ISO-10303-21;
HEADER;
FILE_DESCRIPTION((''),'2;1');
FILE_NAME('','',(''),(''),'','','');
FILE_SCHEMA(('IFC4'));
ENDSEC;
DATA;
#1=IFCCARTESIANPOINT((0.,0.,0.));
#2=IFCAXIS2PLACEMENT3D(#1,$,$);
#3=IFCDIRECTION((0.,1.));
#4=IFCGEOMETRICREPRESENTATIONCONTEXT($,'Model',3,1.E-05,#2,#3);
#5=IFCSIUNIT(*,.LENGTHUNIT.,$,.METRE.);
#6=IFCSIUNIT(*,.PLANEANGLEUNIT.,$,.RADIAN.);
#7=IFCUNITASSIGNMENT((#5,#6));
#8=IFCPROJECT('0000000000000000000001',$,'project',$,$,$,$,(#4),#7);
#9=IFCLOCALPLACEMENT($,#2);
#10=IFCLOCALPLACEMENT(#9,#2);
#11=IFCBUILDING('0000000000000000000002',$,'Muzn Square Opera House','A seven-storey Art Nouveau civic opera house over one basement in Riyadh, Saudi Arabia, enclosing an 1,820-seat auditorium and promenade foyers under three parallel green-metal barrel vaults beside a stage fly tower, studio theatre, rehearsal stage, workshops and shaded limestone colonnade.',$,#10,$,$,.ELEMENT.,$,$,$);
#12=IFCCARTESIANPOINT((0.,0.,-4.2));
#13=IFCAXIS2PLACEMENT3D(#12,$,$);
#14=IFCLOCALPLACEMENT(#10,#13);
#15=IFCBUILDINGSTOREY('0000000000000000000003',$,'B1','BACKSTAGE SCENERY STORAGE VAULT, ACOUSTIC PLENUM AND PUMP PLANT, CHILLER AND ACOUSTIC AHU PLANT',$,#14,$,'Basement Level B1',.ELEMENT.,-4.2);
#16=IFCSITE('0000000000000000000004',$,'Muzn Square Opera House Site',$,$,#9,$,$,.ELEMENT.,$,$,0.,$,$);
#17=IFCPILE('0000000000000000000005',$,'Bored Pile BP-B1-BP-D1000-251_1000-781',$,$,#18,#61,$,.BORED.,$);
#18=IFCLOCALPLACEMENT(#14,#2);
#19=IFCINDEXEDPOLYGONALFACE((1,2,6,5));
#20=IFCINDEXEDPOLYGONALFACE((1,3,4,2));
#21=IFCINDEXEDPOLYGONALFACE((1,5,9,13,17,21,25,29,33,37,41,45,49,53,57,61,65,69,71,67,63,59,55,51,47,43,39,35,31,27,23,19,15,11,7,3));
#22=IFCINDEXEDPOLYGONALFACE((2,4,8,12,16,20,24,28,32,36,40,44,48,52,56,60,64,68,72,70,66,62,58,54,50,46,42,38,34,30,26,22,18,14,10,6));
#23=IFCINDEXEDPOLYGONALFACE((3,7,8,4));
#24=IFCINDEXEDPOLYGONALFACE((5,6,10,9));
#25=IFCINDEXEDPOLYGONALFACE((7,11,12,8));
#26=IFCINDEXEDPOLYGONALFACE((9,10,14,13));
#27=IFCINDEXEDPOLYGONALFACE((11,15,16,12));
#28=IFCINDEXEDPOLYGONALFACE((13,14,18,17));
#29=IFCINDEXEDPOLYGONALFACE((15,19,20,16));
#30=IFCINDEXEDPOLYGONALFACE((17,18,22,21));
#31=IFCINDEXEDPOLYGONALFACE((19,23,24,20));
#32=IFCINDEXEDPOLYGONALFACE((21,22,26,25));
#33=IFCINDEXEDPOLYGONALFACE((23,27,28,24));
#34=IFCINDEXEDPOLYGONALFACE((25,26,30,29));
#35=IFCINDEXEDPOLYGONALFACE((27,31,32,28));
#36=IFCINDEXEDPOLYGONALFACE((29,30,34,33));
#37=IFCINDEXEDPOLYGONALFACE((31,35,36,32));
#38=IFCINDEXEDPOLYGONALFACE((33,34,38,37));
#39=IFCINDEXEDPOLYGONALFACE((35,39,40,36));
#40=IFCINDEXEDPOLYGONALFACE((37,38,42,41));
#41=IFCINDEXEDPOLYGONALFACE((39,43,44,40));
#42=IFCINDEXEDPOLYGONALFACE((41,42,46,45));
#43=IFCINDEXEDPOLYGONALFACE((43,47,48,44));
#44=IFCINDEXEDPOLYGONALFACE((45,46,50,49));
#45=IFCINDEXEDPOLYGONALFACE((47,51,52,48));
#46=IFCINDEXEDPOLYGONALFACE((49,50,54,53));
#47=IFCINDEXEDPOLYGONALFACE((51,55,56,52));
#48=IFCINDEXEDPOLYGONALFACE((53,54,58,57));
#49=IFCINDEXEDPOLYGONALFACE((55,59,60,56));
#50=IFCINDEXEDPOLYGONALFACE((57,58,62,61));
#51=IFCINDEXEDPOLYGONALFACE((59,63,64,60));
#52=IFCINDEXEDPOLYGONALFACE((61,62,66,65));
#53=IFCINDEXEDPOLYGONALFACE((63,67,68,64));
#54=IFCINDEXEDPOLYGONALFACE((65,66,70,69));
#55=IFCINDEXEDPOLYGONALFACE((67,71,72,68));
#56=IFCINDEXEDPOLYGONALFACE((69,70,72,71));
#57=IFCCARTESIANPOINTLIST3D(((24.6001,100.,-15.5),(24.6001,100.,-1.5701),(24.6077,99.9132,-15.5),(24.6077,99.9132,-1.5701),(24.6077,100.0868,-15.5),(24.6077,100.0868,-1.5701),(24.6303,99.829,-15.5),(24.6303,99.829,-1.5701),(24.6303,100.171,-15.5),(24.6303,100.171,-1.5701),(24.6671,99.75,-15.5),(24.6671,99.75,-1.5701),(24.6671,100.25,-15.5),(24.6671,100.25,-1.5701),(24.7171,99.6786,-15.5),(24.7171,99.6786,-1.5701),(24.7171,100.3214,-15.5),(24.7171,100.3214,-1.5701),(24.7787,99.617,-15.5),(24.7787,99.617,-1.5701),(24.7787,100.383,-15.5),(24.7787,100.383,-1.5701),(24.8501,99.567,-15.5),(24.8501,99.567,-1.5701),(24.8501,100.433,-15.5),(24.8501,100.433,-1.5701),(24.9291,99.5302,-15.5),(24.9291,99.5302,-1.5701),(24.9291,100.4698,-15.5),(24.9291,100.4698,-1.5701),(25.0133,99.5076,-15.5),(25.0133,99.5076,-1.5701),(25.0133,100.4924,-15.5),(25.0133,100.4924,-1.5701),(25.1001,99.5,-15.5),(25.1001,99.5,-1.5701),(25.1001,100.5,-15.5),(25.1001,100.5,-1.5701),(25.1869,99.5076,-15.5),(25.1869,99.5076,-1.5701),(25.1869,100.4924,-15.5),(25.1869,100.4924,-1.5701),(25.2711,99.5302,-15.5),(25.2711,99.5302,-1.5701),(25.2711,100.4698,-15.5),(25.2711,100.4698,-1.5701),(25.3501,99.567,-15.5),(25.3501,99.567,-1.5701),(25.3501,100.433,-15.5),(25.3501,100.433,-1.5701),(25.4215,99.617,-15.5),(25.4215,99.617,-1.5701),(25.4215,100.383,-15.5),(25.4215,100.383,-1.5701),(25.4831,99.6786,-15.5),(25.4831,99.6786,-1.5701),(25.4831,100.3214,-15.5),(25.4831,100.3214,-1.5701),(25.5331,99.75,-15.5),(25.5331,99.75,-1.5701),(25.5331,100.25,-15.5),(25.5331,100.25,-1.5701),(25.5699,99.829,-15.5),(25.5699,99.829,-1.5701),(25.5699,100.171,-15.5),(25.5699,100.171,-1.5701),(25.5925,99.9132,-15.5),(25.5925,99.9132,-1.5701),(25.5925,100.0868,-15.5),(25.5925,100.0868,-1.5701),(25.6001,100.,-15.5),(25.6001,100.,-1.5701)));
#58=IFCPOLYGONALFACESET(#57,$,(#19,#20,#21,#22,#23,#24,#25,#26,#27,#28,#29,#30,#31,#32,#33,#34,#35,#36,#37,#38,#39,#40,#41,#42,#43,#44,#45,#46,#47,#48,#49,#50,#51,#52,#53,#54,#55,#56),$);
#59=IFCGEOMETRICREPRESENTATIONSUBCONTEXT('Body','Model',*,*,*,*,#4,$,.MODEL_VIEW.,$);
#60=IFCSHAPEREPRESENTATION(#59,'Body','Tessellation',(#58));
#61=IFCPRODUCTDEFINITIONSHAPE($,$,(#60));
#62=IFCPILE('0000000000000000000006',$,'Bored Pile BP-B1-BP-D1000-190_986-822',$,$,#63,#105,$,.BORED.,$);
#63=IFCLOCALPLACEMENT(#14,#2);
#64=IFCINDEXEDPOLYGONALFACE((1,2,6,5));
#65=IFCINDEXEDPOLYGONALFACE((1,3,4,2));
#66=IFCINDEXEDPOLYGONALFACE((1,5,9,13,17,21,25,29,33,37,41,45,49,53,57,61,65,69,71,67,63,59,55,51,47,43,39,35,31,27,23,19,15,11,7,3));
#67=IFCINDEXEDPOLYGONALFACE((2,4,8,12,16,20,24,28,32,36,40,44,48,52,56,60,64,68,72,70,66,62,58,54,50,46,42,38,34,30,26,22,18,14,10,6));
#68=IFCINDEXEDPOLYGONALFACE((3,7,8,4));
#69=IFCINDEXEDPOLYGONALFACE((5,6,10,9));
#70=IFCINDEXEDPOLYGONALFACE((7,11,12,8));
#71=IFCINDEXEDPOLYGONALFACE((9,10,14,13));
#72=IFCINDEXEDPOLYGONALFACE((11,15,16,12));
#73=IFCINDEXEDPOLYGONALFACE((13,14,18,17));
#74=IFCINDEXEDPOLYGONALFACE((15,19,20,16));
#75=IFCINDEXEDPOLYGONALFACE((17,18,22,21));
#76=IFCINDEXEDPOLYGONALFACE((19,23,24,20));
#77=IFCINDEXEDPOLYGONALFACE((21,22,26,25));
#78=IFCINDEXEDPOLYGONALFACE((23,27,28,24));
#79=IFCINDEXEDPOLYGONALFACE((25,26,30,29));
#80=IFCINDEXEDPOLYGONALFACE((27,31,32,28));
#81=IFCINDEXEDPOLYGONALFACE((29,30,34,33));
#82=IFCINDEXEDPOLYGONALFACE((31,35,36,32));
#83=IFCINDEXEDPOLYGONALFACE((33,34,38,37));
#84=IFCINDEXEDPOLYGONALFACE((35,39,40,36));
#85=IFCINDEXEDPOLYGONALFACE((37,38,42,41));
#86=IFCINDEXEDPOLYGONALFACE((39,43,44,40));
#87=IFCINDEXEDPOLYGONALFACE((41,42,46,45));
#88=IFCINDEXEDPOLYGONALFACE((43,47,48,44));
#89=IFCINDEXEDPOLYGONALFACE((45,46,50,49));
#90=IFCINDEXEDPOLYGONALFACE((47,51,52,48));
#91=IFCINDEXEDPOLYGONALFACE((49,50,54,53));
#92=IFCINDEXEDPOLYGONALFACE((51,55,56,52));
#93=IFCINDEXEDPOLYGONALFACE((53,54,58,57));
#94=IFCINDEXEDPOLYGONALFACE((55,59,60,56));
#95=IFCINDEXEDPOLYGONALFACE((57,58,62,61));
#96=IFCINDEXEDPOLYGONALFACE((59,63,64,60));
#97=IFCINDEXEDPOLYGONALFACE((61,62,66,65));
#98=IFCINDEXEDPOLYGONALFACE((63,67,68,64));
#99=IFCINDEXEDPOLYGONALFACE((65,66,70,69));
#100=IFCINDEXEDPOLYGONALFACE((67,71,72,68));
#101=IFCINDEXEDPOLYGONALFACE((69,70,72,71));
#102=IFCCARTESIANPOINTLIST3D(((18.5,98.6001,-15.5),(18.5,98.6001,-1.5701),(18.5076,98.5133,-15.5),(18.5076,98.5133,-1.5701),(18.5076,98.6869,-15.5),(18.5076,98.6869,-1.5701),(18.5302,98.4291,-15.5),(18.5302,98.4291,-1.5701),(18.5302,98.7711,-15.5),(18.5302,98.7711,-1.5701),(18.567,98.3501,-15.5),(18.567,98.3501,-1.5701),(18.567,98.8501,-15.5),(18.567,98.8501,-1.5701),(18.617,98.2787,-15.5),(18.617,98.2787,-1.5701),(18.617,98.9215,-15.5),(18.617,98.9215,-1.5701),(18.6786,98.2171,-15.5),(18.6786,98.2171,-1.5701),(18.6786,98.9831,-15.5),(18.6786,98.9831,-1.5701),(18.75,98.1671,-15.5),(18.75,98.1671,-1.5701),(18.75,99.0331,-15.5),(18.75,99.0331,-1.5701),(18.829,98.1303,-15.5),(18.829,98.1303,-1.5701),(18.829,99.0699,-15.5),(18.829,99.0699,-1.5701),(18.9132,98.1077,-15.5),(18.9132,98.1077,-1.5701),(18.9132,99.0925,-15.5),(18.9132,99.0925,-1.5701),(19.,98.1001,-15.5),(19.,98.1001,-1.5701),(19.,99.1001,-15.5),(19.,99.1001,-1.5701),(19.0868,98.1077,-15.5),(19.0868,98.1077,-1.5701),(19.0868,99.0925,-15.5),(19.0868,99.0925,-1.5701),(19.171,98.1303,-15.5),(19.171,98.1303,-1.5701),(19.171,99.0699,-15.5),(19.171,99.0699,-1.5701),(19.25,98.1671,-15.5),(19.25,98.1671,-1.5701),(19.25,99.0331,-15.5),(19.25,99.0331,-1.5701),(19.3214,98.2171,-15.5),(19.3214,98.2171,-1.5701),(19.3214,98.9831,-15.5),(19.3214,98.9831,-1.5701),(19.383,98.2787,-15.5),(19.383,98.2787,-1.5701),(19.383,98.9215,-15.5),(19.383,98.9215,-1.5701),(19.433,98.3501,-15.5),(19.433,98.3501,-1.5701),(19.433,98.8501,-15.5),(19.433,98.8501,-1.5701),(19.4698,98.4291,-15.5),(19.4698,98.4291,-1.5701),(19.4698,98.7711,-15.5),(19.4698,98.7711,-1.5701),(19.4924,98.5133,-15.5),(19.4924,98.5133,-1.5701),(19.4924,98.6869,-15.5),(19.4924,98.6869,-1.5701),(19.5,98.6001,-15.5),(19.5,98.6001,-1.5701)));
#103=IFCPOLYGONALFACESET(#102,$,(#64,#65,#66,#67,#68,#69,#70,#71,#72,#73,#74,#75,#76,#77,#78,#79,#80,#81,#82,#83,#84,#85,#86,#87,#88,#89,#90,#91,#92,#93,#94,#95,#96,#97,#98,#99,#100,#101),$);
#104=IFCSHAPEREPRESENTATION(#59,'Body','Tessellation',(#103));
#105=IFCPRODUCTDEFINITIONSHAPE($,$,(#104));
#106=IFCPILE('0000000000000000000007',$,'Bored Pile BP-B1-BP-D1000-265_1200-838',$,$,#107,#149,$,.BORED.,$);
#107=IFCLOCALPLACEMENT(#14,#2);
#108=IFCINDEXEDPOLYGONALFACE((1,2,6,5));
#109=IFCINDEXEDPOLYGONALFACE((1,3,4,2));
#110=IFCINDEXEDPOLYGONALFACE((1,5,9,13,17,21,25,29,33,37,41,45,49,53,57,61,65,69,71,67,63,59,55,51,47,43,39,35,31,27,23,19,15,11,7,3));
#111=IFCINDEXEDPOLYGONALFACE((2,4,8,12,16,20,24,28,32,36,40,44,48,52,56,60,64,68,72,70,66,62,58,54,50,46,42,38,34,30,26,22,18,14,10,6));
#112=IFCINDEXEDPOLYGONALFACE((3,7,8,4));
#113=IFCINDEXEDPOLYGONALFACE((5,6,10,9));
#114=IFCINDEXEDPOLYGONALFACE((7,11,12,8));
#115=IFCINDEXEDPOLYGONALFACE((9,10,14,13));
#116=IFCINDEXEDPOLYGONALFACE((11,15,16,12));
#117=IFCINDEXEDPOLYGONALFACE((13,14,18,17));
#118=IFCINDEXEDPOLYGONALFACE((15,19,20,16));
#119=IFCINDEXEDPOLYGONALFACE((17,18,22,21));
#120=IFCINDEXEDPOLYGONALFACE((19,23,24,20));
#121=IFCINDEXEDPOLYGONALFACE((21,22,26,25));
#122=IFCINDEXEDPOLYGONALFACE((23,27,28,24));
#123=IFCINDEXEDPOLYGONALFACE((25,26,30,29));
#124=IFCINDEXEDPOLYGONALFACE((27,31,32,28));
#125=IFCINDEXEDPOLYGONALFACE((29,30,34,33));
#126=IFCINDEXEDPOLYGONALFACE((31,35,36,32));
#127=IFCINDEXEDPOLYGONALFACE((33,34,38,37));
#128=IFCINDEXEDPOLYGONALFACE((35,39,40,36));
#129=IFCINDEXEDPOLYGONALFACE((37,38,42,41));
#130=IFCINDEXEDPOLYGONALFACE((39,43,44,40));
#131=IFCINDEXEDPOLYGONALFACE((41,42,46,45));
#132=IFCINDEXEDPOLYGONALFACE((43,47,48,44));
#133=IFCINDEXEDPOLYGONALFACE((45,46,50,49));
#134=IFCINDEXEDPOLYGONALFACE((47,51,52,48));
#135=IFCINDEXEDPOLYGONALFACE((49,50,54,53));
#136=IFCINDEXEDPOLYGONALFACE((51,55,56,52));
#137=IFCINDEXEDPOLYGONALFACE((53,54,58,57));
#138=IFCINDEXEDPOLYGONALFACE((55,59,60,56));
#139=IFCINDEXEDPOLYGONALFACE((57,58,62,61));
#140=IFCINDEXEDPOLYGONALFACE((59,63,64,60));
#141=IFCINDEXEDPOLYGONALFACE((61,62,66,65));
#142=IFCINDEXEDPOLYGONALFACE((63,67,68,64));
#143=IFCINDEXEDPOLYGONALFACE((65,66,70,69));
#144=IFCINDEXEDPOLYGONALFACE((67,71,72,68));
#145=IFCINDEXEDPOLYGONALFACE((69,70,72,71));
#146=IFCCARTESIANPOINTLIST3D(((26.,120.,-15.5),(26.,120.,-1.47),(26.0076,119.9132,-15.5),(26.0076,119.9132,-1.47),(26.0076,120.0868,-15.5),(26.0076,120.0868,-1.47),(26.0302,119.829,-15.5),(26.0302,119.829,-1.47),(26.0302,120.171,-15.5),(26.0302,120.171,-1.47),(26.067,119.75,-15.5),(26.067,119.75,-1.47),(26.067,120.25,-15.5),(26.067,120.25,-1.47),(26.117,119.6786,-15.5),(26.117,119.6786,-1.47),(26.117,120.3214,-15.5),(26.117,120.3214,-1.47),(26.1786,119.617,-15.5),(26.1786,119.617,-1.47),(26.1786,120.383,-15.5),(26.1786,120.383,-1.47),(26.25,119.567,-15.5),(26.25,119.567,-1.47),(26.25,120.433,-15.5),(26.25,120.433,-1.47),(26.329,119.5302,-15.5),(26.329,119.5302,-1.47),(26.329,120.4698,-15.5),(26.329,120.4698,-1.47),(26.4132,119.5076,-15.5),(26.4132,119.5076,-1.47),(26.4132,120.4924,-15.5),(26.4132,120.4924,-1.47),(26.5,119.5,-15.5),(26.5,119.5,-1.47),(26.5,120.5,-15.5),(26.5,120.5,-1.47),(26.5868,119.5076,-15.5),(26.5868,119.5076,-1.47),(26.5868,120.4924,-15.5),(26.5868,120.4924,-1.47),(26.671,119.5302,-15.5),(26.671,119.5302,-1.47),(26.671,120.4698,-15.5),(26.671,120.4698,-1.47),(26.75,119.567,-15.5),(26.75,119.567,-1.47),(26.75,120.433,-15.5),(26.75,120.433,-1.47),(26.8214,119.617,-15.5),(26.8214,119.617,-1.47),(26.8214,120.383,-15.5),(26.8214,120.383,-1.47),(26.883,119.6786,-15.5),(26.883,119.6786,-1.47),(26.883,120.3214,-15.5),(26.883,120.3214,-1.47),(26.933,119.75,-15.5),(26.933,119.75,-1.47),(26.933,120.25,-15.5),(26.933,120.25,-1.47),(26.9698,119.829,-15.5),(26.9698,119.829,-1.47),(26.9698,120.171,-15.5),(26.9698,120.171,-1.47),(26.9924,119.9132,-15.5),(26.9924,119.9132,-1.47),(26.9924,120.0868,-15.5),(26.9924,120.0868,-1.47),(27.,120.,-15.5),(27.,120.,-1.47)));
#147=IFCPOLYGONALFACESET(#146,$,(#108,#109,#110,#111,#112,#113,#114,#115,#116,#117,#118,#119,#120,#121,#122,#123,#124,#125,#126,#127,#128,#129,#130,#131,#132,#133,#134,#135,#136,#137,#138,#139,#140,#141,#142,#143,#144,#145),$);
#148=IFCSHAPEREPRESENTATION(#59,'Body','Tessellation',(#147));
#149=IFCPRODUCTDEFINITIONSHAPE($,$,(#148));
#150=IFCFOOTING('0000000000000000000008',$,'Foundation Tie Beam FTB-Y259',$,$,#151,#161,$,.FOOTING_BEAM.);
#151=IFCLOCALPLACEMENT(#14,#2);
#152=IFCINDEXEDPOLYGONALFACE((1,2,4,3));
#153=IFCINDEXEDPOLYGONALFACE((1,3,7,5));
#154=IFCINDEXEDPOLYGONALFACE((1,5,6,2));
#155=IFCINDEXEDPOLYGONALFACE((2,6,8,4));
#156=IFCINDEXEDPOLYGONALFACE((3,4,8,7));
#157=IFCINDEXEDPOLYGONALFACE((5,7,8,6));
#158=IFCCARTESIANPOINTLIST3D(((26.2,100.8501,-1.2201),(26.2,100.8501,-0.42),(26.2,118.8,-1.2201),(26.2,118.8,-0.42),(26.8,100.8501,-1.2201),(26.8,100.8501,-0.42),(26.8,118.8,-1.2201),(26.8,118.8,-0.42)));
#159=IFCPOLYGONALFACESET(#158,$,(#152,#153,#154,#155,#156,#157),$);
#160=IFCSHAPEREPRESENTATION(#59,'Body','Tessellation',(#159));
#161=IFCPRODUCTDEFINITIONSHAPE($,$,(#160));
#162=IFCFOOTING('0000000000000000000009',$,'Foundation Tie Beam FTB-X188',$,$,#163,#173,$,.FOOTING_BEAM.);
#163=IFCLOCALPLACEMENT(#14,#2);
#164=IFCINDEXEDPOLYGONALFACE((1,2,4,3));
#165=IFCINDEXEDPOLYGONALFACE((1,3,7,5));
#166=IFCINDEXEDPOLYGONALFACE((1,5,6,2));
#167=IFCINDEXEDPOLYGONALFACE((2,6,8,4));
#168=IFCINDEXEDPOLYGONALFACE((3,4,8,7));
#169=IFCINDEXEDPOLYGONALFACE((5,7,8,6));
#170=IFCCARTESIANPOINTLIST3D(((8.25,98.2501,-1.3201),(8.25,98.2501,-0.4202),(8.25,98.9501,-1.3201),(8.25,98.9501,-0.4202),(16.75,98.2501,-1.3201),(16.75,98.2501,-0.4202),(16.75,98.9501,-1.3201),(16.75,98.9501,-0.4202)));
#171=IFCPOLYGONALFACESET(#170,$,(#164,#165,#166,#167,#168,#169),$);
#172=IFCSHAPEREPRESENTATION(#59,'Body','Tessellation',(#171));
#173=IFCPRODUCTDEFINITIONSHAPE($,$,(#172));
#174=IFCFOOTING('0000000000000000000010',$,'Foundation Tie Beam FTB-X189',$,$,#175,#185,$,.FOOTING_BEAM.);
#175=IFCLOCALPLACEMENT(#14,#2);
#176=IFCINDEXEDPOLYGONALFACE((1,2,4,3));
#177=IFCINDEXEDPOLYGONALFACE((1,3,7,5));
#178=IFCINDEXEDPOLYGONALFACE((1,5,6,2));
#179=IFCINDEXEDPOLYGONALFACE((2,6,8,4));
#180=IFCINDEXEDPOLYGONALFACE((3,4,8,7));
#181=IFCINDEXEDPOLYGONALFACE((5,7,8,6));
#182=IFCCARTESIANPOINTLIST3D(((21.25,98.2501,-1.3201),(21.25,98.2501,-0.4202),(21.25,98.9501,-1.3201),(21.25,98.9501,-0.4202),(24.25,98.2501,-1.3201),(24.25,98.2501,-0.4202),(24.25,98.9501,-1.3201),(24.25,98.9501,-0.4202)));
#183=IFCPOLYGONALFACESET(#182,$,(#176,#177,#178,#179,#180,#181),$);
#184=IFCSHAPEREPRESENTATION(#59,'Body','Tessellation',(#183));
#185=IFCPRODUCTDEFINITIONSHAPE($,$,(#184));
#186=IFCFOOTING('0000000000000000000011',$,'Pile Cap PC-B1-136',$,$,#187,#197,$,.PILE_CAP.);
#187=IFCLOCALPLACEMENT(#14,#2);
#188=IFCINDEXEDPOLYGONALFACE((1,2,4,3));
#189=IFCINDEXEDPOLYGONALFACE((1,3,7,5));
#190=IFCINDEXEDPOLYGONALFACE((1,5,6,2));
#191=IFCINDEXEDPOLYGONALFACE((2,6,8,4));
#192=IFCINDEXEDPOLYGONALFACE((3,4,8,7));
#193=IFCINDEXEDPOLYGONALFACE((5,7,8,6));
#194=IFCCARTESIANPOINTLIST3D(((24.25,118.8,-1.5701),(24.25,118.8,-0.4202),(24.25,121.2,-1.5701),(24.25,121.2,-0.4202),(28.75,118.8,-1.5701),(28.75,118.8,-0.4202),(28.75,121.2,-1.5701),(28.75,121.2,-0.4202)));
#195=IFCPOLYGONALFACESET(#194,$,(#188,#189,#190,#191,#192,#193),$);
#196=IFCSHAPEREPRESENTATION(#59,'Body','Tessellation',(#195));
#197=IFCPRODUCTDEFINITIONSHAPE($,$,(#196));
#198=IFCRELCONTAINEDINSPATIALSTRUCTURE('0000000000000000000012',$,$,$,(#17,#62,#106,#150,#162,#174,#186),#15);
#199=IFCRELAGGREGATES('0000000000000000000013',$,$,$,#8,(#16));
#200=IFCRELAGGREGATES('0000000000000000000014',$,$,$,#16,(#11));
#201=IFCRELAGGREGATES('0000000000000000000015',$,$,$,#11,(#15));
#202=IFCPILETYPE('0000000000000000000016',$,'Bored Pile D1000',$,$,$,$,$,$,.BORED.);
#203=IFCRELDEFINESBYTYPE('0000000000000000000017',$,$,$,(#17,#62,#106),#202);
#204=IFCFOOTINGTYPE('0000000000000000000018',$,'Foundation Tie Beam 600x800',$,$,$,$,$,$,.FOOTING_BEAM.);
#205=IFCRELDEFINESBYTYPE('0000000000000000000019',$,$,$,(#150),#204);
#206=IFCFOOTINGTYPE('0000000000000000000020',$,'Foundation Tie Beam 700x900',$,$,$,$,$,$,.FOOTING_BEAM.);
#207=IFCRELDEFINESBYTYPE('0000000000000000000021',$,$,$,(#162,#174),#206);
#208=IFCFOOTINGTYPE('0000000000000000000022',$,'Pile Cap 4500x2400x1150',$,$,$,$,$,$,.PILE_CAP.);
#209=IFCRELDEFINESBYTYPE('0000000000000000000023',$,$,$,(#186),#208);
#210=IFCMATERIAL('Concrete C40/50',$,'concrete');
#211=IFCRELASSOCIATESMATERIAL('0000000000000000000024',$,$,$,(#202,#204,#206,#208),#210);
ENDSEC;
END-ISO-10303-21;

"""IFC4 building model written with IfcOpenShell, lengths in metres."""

from ifc_helpers import new_model, si_unit, direction, frame, origin, origin_2d, place, context, subcontext, project, spatial, rectangle, circle, extrude, material, material_profile, profile_set, type_object, element, save


model = new_model("IFC4")

# Units and contexts
model_context = context("Model", 3, precision=1e-05, world=origin(), true_north=direction((0.0, 1.0)))
body_context = subcontext(model_context, "Body", "Model", "MODEL_VIEW")
ifc_project = project(units=[si_unit("LENGTHUNIT", "METRE"), si_unit("PLANEANGLEUNIT", "RADIAN")], contexts=[model_context])

# Site, building, storey
site_placement = place(None, origin())
site = spatial("IfcSite", under=ifc_project, at=site_placement, Name="Muzn Square Opera House Site", CompositionType="ELEMENT", RefElevation=0.0)
building_placement = place(site_placement, origin())
building = spatial("IfcBuilding", under=site, at=building_placement, Name="Muzn Square Opera House", Description="A seven-storey Art Nouveau civic opera house over one basement in Riyadh, Saudi Arabia, enclosing an 1,820-seat auditorium and promenade foyers under three parallel green-metal barrel vaults beside a stage fly tower, studio theatre, rehearsal stage, workshops and shaded limestone colonnade.", CompositionType="ELEMENT")
storey_placement = place(building_placement, frame((0.0, 0.0, -4.2)))
storey = spatial("IfcBuildingStorey", under=building, at=storey_placement, Name="B1", Description="BACKSTAGE SCENERY STORAGE VAULT, ACOUSTIC PLENUM AND PUMP PLANT, CHILLER AND ACOUSTIC AHU PLANT", LongName="Basement Level B1", CompositionType="ELEMENT", Elevation=-4.2)

# Piles
ifc_material_1 = material(Name="Concrete C40/50", Category="concrete")
ifc_material_profile_1 = material_profile(ifc_material_1, circle(Radius=0.5, at=origin_2d()), Name="BORED PILE D1000", Category="concrete")
ifc_profile_set_1 = profile_set([ifc_material_profile_1], Name="Concrete C40/50")
pile_type = type_object("IfcPileType", Name="Bored Pile D1000", PredefinedType="BORED", material=ifc_profile_set_1)
for number, where, z_axis, x_axis, name in (
    (1, (25.1001, 100.0, -1.5701), (0.0, 0.0, -1.0), (1.0, 0.0, 0.0), "Bored Pile BP-B1-BP-D1000-251_1000-781"),
    (2, (19.0, 98.6001, -1.5701), (0.0, 0.0, -1.0), (1.0, 0.0, 0.0), "Bored Pile BP-B1-BP-D1000-190_986-822"),
):
    element("IfcPile", number, at=place(storey_placement, frame(where, z_axis=z_axis, x_axis=x_axis)), inside=storey, type_object=pile_type, Name=name, PredefinedType="BORED", context=body_context, shape_type="SweptSolid", body=[
        extrude(circle(Radius=0.5, at=origin_2d()), origin(), (0.0, 0.0, 1.0), 13.9299),
    ])
pile_placement = place(storey_placement, frame((26.5, 120.0, -1.47), z_axis=(0.0, 0.0, -1.0), x_axis=(1.0, 0.0, 0.0)))
element("IfcPile", 3, at=pile_placement, inside=storey, type_object=pile_type, Name="Bored Pile BP-B1-BP-D1000-265_1200-838", PredefinedType="BORED", context=body_context, shape_type="SweptSolid", body=[
    extrude(circle(Radius=0.5, at=origin_2d()), origin(), (0.0, 0.0, 1.0), 14.03),
])

# Footings
ifc_material_profile_2 = material_profile(ifc_material_1, rectangle(XDim=0.6001, YDim=0.8, at=origin_2d()), Name="RCTB 600x800", Category="concrete")
ifc_profile_set_2 = profile_set([ifc_material_profile_2], Name="Concrete C40/50")
footing_type_1 = type_object("IfcFootingType", Name="Foundation Tie Beam 600x800", PredefinedType="FOOTING_BEAM", material=ifc_profile_set_2)
footing_1_placement = place(storey_placement, frame((26.5, 100.8501, -0.8201), z_axis=(0.0, 1.0, 0.0), x_axis=(-1.0, 0.0, 0.0)))
element("IfcFooting", 4, at=footing_1_placement, inside=storey, type_object=footing_type_1, Name="Foundation Tie Beam FTB-Y259", PredefinedType="FOOTING_BEAM", context=body_context, shape_type="SweptSolid", body=[
    extrude(rectangle(XDim=0.6001, YDim=0.8, at=origin_2d()), origin(), (0.0, 0.0, 1.0), 17.95),
])
ifc_material_profile_3 = material_profile(ifc_material_1, rectangle(XDim=0.7, YDim=0.8999, at=origin_2d()), Name="RCTB 700x900", Category="concrete")
ifc_profile_set_3 = profile_set([ifc_material_profile_3], Name="Concrete C40/50")
footing_type_2 = type_object("IfcFootingType", Name="Foundation Tie Beam 700x900", PredefinedType="FOOTING_BEAM", material=ifc_profile_set_3)
footing_2_placement = place(storey_placement, frame((8.25, 98.6001, -0.8701), z_axis=(1.0, 0.0, 0.0), x_axis=(0.0, 1.0, 0.0)))
element("IfcFooting", 5, at=footing_2_placement, inside=storey, type_object=footing_type_2, Name="Foundation Tie Beam FTB-X188", PredefinedType="FOOTING_BEAM", context=body_context, shape_type="SweptSolid", body=[
    extrude(rectangle(XDim=0.7, YDim=0.8999, at=origin_2d()), origin(), (0.0, 0.0, 1.0), 8.5),
])
footing_3_placement = place(storey_placement, frame((21.25, 98.6001, -0.8701), z_axis=(1.0, 0.0, 0.0), x_axis=(0.0, 1.0, 0.0)))
element("IfcFooting", 6, at=footing_3_placement, inside=storey, type_object=footing_type_2, Name="Foundation Tie Beam FTB-X189", PredefinedType="FOOTING_BEAM", context=body_context, shape_type="SweptSolid", body=[
    extrude(rectangle(XDim=0.7, YDim=0.8999, at=origin_2d()), origin(), (0.0, 0.0, 1.0), 3.0),
])
footing_type_3 = type_object("IfcFootingType", Name="Pile Cap 4500x2400x1150", PredefinedType="PILE_CAP", material=ifc_material_1)
footing_4_placement = place(storey_placement, frame((26.5, 120.0, -1.5701), z_axis=(0.0, 0.0, 1.0), x_axis=(1.0, 0.0, 0.0)))
element("IfcFooting", 7, at=footing_4_placement, inside=storey, type_object=footing_type_3, Name="Pile Cap PC-B1-136", PredefinedType="PILE_CAP", context=body_context, shape_type="SweptSolid", body=[
    extrude(rectangle(XDim=4.5, YDim=2.3999, at=origin_2d()), origin(), (0.0, 0.0, 1.0), 1.1499),
])

save(model, "model.ifc")
